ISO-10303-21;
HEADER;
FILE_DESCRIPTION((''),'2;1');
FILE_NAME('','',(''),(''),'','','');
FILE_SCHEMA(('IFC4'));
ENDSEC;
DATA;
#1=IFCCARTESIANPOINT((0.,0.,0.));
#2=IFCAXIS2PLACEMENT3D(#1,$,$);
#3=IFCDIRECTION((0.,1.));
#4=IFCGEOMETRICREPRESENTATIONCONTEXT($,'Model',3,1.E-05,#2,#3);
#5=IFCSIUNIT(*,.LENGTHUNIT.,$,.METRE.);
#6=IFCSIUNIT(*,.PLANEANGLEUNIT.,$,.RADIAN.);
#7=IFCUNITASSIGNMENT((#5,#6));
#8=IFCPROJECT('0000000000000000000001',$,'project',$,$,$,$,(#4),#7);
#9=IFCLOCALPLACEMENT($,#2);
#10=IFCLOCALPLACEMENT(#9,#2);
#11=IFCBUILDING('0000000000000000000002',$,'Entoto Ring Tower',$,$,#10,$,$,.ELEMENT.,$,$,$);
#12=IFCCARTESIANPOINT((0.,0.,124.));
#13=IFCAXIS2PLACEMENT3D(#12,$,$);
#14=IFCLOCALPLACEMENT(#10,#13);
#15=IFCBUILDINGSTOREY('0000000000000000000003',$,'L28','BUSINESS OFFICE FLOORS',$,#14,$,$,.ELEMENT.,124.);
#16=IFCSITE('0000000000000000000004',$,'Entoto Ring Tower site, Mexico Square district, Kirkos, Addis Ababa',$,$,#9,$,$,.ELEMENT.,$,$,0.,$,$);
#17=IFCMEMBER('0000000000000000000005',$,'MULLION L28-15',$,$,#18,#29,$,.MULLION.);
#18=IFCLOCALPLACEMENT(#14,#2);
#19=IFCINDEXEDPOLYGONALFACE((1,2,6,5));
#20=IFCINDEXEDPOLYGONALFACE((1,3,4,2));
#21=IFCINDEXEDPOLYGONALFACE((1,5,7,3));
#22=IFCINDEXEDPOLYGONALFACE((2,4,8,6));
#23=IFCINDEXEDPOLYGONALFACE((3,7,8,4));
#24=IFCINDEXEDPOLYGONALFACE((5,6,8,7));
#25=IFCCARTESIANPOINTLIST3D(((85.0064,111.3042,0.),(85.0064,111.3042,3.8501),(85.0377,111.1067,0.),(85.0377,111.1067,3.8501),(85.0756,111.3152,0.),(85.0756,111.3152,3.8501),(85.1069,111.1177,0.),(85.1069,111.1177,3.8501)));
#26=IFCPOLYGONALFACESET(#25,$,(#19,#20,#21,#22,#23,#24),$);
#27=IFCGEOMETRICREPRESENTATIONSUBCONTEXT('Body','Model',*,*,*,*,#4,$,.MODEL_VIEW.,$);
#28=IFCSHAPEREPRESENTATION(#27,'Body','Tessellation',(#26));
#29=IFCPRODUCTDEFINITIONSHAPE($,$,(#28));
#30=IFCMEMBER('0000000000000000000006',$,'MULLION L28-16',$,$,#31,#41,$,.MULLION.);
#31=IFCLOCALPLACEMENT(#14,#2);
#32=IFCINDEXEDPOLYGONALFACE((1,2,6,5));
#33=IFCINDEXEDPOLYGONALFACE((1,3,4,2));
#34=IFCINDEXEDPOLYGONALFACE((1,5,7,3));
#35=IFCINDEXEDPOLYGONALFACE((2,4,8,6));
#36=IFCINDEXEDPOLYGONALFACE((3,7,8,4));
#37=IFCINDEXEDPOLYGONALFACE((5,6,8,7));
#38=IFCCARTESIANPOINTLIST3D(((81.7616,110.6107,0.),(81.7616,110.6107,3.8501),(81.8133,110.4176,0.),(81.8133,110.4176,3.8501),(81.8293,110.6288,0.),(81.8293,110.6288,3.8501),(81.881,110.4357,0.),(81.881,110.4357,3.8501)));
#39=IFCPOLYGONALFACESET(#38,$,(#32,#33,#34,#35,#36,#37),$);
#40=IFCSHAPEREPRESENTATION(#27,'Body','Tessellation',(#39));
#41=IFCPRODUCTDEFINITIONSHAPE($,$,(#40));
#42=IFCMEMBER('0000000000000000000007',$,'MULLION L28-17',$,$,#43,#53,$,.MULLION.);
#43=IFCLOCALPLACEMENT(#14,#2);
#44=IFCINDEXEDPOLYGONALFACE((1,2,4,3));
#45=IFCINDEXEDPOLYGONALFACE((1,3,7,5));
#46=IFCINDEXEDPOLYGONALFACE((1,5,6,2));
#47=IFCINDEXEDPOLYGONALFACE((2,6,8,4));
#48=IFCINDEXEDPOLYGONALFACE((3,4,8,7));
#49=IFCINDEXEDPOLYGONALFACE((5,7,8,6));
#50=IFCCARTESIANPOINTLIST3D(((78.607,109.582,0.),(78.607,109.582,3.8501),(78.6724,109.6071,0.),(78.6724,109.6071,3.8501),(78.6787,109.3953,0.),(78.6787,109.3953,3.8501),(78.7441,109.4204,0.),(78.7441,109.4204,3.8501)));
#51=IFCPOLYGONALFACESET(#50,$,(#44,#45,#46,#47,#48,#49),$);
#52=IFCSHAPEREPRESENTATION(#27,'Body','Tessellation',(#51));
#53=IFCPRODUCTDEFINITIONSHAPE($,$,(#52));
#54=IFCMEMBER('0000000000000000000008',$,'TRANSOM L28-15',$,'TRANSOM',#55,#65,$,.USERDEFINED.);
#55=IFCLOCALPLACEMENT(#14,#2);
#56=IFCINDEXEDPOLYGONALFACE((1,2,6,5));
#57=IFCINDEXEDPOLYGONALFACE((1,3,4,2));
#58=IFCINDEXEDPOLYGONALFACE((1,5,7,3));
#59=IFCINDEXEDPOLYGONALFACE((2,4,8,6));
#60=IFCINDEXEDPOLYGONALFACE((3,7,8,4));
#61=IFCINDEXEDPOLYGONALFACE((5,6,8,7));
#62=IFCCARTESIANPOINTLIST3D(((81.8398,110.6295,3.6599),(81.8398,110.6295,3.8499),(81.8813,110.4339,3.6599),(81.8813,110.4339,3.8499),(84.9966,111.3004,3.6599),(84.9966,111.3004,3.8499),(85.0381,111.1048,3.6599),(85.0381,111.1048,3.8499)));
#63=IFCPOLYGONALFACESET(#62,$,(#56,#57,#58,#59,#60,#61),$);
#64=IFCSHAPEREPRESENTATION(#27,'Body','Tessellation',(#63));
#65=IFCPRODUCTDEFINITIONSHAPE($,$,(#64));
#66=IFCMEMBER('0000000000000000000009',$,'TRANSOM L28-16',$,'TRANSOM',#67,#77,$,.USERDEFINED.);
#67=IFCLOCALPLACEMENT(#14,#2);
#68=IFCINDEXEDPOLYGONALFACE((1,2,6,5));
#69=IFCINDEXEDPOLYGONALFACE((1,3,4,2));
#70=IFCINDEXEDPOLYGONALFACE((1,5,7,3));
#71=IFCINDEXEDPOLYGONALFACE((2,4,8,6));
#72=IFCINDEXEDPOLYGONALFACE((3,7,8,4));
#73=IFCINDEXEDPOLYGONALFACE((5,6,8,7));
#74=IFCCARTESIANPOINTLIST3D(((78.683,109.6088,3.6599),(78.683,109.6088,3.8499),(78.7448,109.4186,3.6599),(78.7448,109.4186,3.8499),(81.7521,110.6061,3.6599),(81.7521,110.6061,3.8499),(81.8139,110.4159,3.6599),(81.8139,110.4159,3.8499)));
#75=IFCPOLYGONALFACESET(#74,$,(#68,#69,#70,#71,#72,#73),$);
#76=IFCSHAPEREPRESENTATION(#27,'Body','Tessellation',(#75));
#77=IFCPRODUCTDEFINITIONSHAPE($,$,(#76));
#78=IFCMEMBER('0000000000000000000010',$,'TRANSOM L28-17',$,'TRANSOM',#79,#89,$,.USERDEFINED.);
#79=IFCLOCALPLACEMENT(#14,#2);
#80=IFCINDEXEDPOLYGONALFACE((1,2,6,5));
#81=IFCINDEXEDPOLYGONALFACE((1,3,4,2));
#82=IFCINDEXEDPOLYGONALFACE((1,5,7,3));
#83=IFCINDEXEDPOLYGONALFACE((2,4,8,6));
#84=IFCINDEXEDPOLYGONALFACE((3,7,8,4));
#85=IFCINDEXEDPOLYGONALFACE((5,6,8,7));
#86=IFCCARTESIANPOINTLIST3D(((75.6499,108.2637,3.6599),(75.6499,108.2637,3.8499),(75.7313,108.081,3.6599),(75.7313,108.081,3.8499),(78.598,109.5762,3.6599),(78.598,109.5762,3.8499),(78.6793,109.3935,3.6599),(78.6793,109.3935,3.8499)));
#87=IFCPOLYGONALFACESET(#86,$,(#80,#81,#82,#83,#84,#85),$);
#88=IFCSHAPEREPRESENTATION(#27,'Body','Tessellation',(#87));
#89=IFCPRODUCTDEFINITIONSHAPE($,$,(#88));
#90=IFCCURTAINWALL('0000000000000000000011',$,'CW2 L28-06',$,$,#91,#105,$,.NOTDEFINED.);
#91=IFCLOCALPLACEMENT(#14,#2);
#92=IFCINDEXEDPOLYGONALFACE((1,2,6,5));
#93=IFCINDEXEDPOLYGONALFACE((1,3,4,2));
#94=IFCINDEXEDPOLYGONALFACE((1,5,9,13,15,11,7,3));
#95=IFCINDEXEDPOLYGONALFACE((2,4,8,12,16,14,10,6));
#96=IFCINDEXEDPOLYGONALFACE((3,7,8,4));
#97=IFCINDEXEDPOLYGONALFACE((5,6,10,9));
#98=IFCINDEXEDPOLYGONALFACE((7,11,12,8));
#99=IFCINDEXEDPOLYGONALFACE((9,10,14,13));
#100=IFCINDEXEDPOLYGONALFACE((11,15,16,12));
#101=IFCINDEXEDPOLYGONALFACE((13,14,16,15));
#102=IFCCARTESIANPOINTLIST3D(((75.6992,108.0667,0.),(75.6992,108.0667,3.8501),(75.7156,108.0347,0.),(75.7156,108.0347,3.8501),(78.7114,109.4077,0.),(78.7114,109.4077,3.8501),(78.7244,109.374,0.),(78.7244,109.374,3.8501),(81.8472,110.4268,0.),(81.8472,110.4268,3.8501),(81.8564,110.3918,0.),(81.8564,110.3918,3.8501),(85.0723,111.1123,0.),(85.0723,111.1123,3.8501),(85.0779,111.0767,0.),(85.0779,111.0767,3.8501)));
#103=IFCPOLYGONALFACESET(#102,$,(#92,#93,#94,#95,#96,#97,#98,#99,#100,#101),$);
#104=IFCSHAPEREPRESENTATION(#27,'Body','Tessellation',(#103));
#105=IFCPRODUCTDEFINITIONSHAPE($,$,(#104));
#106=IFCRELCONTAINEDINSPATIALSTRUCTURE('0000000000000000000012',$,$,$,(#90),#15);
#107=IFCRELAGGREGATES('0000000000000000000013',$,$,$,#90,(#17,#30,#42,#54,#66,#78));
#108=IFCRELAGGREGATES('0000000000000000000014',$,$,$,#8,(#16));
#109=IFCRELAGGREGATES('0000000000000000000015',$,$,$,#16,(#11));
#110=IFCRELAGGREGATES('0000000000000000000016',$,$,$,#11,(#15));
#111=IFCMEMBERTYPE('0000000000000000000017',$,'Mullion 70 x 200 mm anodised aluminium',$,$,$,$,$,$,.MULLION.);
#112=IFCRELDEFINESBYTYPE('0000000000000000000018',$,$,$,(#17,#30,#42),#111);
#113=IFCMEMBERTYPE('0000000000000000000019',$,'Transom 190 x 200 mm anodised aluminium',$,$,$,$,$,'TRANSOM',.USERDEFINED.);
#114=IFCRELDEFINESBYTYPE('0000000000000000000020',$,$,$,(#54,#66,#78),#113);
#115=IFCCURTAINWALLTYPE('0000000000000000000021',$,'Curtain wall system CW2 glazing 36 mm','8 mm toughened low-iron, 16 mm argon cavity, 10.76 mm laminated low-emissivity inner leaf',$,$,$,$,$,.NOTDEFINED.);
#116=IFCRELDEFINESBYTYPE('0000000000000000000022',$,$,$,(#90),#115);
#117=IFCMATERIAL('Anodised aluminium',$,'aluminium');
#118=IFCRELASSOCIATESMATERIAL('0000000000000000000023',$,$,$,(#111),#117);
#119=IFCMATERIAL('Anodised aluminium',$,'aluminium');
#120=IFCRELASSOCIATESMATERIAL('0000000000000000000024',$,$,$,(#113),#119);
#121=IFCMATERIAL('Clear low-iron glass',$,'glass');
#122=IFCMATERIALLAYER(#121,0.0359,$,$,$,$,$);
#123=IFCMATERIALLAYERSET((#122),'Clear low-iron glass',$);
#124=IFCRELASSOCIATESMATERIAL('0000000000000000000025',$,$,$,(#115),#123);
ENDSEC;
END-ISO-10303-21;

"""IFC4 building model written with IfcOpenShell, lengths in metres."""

from ifc_helpers import new_model, si_unit, direction, frame, origin, origin_2d, place, context, subcontext, project, spatial, polyline, rectangle, outline, extrude, material, layer, layer_set, material_profile, profile_set, type_object, element, aggregate, save


model = new_model("IFC4")

# Units and contexts
model_context = context("Model", 3, precision=1e-05, world=origin(), true_north=direction((0.0, 1.0)))
body_context = subcontext(model_context, "Body", "Model", "MODEL_VIEW")
ifc_project = project(units=[si_unit("LENGTHUNIT", "METRE"), si_unit("PLANEANGLEUNIT", "RADIAN")], contexts=[model_context])

# Members
ifc_material_1 = material(Name="Anodised aluminium", Category="aluminium")
ifc_material_profile_1 = material_profile(ifc_material_1, rectangle(XDim=0.0701, YDim=0.2, at=origin_2d()), Name="Mullion 70 x 200 mm anodised aluminium")
ifc_profile_set_1 = profile_set([ifc_material_profile_1], Name="Anodised aluminium")
member_type_1 = type_object("IfcMemberType", Name="Mullion 70 x 200 mm anodised aluminium", PredefinedType="MULLION", material=ifc_profile_set_1)
site_placement = place(None, origin())
building_placement = place(site_placement, origin())
storey_placement = place(building_placement, frame((0.0, 0.0, 124.0)))
member_1_placement = place(storey_placement, frame((85.0566, 111.2109, 0.0), z_axis=(0.0, 0.0, 1.0), x_axis=(-0.987688, -0.156434, 0.0)))
member_1 = element("IfcMember", 1, at=member_1_placement, type_object=member_type_1, Name="MULLION L28-15", PredefinedType="MULLION", context=body_context, shape_type="SweptSolid", body=[
    extrude(rectangle(XDim=0.0701, YDim=0.2, at=origin_2d()), origin(), (0.0, 0.0, 1.0), 3.8501),
])
member_2_placement = place(storey_placement, frame((81.8213, 110.5232, 0.0), z_axis=(0.0, 0.0, 1.0), x_axis=(-0.965926, -0.258819, 0.0)))
member_2 = element("IfcMember", 2, at=member_2_placement, type_object=member_type_1, Name="MULLION L28-16", PredefinedType="MULLION", context=body_context, shape_type="SweptSolid", body=[
    extrude(rectangle(XDim=0.0701, YDim=0.2, at=origin_2d()), origin(), (0.0, 0.0, 1.0), 3.8501),
])
member_3_placement = place(storey_placement, frame((78.6755, 109.5012, 0.0), z_axis=(0.0, 0.0, 1.0), x_axis=(-0.93358, -0.358368, 0.0)))
member_3 = element("IfcMember", 3, at=member_3_placement, type_object=member_type_1, Name="MULLION L28-17", PredefinedType="MULLION", context=body_context, shape_type="SweptSolid", body=[
    extrude(rectangle(XDim=0.0701, YDim=0.2, at=origin_2d()), origin(), (0.0, 0.0, 1.0), 3.8501),
])
ifc_material_2 = material(Name="Anodised aluminium", Category="aluminium")
ifc_material_profile_2 = material_profile(ifc_material_2, rectangle(XDim=0.2, YDim=0.1899, at=origin_2d()), Name="Transom 190 x 200 mm anodised aluminium")
ifc_profile_set_2 = profile_set([ifc_material_profile_2], Name="Anodised aluminium")
member_type_2 = type_object("IfcMemberType", Name="Transom 190 x 200 mm anodised aluminium", ElementType="TRANSOM", PredefinedType="USERDEFINED", material=ifc_profile_set_2)
member_4_placement = place(storey_placement, frame((85.0173, 111.2026, 3.7549), z_axis=(-0.978153, -0.207886, 0.0), x_axis=(0.207886, -0.978153, 0.0)))
member_4 = element("IfcMember", 4, at=member_4_placement, type_object=member_type_2, Name="TRANSOM L28-15", ObjectType="TRANSOM", PredefinedType="USERDEFINED", context=body_context, shape_type="SweptSolid", body=[
    extrude(rectangle(XDim=0.2, YDim=0.1899, at=origin_2d()), origin(), (0.0, 0.0, 1.0), 3.2273),
])
member_5_placement = place(storey_placement, frame((81.783, 110.511, 3.7549), z_axis=(-0.951047, -0.309047, 0.0), x_axis=(0.309047, -0.951047, 0.0)))
member_5 = element("IfcMember", 5, at=member_5_placement, type_object=member_type_2, Name="TRANSOM L28-16", ObjectType="TRANSOM", PredefinedType="USERDEFINED", context=body_context, shape_type="SweptSolid", body=[
    extrude(rectangle(XDim=0.2, YDim=0.1899, at=origin_2d()), origin(), (0.0, 0.0, 1.0), 3.2271),
])
member_6_placement = place(storey_placement, frame((78.6387, 109.4849, 3.7549), z_axis=(-0.913549, -0.406728, 0.0), x_axis=(0.406728, -0.913549, 0.0)))
member_6 = element("IfcMember", 6, at=member_6_placement, type_object=member_type_2, Name="TRANSOM L28-17", ObjectType="TRANSOM", PredefinedType="USERDEFINED", context=body_context, shape_type="SweptSolid", body=[
    extrude(rectangle(XDim=0.2, YDim=0.1899, at=origin_2d()), origin(), (0.0, 0.0, 1.0), 3.2271),
])

# Site, building, storey
site = spatial("IfcSite", under=ifc_project, at=site_placement, Name="Entoto Ring Tower site, Mexico Square district, Kirkos, Addis Ababa", CompositionType="ELEMENT", RefElevation=0.0)
building = spatial("IfcBuilding", under=site, at=building_placement, Name="Entoto Ring Tower", CompositionType="ELEMENT")
storey = spatial("IfcBuildingStorey", under=building, at=storey_placement, Name="L28", Description="BUSINESS OFFICE FLOORS", CompositionType="ELEMENT", Elevation=124.0)

# Curtain wall
ifc_material_3 = material(Name="Clear low-iron glass", Category="glass")
ifc_layer = layer(ifc_material_3, 0.0359)
ifc_layer_set = layer_set([ifc_layer], Name="Clear low-iron glass")
curtain_wall_type = type_object("IfcCurtainWallType", Name="Curtain wall system CW2 glazing 36 mm", Description="8 mm toughened low-iron, 16 mm argon cavity, 10.76 mm laminated low-emissivity inner leaf", PredefinedType="NOTDEFINED", material=ifc_layer_set)
curtain_wall_1_placement = place(storey_placement, origin())
curtain_wall_1 = element("IfcCurtainWall", 7, at=curtain_wall_1_placement, inside=storey, type_object=curtain_wall_type, Name="CW2 L28-06", PredefinedType="NOTDEFINED", context=body_context, shape_type="SweptSolid", body=[
    extrude(outline(polyline([(85.0723, 111.1123), (81.8472, 110.4268), (78.7114, 109.4077), (75.6992, 108.0667), (75.7156, 108.0347), (78.7244, 109.374), (81.8564, 110.3918), (85.0779, 111.0767), (85.0723, 111.1123)])), origin(), (0.0, 0.0, 1.0), 3.8501),
])
aggregate(curtain_wall_1, [member_1, member_2, member_3, member_4, member_5, member_6])

save(model, "model.ifc")
